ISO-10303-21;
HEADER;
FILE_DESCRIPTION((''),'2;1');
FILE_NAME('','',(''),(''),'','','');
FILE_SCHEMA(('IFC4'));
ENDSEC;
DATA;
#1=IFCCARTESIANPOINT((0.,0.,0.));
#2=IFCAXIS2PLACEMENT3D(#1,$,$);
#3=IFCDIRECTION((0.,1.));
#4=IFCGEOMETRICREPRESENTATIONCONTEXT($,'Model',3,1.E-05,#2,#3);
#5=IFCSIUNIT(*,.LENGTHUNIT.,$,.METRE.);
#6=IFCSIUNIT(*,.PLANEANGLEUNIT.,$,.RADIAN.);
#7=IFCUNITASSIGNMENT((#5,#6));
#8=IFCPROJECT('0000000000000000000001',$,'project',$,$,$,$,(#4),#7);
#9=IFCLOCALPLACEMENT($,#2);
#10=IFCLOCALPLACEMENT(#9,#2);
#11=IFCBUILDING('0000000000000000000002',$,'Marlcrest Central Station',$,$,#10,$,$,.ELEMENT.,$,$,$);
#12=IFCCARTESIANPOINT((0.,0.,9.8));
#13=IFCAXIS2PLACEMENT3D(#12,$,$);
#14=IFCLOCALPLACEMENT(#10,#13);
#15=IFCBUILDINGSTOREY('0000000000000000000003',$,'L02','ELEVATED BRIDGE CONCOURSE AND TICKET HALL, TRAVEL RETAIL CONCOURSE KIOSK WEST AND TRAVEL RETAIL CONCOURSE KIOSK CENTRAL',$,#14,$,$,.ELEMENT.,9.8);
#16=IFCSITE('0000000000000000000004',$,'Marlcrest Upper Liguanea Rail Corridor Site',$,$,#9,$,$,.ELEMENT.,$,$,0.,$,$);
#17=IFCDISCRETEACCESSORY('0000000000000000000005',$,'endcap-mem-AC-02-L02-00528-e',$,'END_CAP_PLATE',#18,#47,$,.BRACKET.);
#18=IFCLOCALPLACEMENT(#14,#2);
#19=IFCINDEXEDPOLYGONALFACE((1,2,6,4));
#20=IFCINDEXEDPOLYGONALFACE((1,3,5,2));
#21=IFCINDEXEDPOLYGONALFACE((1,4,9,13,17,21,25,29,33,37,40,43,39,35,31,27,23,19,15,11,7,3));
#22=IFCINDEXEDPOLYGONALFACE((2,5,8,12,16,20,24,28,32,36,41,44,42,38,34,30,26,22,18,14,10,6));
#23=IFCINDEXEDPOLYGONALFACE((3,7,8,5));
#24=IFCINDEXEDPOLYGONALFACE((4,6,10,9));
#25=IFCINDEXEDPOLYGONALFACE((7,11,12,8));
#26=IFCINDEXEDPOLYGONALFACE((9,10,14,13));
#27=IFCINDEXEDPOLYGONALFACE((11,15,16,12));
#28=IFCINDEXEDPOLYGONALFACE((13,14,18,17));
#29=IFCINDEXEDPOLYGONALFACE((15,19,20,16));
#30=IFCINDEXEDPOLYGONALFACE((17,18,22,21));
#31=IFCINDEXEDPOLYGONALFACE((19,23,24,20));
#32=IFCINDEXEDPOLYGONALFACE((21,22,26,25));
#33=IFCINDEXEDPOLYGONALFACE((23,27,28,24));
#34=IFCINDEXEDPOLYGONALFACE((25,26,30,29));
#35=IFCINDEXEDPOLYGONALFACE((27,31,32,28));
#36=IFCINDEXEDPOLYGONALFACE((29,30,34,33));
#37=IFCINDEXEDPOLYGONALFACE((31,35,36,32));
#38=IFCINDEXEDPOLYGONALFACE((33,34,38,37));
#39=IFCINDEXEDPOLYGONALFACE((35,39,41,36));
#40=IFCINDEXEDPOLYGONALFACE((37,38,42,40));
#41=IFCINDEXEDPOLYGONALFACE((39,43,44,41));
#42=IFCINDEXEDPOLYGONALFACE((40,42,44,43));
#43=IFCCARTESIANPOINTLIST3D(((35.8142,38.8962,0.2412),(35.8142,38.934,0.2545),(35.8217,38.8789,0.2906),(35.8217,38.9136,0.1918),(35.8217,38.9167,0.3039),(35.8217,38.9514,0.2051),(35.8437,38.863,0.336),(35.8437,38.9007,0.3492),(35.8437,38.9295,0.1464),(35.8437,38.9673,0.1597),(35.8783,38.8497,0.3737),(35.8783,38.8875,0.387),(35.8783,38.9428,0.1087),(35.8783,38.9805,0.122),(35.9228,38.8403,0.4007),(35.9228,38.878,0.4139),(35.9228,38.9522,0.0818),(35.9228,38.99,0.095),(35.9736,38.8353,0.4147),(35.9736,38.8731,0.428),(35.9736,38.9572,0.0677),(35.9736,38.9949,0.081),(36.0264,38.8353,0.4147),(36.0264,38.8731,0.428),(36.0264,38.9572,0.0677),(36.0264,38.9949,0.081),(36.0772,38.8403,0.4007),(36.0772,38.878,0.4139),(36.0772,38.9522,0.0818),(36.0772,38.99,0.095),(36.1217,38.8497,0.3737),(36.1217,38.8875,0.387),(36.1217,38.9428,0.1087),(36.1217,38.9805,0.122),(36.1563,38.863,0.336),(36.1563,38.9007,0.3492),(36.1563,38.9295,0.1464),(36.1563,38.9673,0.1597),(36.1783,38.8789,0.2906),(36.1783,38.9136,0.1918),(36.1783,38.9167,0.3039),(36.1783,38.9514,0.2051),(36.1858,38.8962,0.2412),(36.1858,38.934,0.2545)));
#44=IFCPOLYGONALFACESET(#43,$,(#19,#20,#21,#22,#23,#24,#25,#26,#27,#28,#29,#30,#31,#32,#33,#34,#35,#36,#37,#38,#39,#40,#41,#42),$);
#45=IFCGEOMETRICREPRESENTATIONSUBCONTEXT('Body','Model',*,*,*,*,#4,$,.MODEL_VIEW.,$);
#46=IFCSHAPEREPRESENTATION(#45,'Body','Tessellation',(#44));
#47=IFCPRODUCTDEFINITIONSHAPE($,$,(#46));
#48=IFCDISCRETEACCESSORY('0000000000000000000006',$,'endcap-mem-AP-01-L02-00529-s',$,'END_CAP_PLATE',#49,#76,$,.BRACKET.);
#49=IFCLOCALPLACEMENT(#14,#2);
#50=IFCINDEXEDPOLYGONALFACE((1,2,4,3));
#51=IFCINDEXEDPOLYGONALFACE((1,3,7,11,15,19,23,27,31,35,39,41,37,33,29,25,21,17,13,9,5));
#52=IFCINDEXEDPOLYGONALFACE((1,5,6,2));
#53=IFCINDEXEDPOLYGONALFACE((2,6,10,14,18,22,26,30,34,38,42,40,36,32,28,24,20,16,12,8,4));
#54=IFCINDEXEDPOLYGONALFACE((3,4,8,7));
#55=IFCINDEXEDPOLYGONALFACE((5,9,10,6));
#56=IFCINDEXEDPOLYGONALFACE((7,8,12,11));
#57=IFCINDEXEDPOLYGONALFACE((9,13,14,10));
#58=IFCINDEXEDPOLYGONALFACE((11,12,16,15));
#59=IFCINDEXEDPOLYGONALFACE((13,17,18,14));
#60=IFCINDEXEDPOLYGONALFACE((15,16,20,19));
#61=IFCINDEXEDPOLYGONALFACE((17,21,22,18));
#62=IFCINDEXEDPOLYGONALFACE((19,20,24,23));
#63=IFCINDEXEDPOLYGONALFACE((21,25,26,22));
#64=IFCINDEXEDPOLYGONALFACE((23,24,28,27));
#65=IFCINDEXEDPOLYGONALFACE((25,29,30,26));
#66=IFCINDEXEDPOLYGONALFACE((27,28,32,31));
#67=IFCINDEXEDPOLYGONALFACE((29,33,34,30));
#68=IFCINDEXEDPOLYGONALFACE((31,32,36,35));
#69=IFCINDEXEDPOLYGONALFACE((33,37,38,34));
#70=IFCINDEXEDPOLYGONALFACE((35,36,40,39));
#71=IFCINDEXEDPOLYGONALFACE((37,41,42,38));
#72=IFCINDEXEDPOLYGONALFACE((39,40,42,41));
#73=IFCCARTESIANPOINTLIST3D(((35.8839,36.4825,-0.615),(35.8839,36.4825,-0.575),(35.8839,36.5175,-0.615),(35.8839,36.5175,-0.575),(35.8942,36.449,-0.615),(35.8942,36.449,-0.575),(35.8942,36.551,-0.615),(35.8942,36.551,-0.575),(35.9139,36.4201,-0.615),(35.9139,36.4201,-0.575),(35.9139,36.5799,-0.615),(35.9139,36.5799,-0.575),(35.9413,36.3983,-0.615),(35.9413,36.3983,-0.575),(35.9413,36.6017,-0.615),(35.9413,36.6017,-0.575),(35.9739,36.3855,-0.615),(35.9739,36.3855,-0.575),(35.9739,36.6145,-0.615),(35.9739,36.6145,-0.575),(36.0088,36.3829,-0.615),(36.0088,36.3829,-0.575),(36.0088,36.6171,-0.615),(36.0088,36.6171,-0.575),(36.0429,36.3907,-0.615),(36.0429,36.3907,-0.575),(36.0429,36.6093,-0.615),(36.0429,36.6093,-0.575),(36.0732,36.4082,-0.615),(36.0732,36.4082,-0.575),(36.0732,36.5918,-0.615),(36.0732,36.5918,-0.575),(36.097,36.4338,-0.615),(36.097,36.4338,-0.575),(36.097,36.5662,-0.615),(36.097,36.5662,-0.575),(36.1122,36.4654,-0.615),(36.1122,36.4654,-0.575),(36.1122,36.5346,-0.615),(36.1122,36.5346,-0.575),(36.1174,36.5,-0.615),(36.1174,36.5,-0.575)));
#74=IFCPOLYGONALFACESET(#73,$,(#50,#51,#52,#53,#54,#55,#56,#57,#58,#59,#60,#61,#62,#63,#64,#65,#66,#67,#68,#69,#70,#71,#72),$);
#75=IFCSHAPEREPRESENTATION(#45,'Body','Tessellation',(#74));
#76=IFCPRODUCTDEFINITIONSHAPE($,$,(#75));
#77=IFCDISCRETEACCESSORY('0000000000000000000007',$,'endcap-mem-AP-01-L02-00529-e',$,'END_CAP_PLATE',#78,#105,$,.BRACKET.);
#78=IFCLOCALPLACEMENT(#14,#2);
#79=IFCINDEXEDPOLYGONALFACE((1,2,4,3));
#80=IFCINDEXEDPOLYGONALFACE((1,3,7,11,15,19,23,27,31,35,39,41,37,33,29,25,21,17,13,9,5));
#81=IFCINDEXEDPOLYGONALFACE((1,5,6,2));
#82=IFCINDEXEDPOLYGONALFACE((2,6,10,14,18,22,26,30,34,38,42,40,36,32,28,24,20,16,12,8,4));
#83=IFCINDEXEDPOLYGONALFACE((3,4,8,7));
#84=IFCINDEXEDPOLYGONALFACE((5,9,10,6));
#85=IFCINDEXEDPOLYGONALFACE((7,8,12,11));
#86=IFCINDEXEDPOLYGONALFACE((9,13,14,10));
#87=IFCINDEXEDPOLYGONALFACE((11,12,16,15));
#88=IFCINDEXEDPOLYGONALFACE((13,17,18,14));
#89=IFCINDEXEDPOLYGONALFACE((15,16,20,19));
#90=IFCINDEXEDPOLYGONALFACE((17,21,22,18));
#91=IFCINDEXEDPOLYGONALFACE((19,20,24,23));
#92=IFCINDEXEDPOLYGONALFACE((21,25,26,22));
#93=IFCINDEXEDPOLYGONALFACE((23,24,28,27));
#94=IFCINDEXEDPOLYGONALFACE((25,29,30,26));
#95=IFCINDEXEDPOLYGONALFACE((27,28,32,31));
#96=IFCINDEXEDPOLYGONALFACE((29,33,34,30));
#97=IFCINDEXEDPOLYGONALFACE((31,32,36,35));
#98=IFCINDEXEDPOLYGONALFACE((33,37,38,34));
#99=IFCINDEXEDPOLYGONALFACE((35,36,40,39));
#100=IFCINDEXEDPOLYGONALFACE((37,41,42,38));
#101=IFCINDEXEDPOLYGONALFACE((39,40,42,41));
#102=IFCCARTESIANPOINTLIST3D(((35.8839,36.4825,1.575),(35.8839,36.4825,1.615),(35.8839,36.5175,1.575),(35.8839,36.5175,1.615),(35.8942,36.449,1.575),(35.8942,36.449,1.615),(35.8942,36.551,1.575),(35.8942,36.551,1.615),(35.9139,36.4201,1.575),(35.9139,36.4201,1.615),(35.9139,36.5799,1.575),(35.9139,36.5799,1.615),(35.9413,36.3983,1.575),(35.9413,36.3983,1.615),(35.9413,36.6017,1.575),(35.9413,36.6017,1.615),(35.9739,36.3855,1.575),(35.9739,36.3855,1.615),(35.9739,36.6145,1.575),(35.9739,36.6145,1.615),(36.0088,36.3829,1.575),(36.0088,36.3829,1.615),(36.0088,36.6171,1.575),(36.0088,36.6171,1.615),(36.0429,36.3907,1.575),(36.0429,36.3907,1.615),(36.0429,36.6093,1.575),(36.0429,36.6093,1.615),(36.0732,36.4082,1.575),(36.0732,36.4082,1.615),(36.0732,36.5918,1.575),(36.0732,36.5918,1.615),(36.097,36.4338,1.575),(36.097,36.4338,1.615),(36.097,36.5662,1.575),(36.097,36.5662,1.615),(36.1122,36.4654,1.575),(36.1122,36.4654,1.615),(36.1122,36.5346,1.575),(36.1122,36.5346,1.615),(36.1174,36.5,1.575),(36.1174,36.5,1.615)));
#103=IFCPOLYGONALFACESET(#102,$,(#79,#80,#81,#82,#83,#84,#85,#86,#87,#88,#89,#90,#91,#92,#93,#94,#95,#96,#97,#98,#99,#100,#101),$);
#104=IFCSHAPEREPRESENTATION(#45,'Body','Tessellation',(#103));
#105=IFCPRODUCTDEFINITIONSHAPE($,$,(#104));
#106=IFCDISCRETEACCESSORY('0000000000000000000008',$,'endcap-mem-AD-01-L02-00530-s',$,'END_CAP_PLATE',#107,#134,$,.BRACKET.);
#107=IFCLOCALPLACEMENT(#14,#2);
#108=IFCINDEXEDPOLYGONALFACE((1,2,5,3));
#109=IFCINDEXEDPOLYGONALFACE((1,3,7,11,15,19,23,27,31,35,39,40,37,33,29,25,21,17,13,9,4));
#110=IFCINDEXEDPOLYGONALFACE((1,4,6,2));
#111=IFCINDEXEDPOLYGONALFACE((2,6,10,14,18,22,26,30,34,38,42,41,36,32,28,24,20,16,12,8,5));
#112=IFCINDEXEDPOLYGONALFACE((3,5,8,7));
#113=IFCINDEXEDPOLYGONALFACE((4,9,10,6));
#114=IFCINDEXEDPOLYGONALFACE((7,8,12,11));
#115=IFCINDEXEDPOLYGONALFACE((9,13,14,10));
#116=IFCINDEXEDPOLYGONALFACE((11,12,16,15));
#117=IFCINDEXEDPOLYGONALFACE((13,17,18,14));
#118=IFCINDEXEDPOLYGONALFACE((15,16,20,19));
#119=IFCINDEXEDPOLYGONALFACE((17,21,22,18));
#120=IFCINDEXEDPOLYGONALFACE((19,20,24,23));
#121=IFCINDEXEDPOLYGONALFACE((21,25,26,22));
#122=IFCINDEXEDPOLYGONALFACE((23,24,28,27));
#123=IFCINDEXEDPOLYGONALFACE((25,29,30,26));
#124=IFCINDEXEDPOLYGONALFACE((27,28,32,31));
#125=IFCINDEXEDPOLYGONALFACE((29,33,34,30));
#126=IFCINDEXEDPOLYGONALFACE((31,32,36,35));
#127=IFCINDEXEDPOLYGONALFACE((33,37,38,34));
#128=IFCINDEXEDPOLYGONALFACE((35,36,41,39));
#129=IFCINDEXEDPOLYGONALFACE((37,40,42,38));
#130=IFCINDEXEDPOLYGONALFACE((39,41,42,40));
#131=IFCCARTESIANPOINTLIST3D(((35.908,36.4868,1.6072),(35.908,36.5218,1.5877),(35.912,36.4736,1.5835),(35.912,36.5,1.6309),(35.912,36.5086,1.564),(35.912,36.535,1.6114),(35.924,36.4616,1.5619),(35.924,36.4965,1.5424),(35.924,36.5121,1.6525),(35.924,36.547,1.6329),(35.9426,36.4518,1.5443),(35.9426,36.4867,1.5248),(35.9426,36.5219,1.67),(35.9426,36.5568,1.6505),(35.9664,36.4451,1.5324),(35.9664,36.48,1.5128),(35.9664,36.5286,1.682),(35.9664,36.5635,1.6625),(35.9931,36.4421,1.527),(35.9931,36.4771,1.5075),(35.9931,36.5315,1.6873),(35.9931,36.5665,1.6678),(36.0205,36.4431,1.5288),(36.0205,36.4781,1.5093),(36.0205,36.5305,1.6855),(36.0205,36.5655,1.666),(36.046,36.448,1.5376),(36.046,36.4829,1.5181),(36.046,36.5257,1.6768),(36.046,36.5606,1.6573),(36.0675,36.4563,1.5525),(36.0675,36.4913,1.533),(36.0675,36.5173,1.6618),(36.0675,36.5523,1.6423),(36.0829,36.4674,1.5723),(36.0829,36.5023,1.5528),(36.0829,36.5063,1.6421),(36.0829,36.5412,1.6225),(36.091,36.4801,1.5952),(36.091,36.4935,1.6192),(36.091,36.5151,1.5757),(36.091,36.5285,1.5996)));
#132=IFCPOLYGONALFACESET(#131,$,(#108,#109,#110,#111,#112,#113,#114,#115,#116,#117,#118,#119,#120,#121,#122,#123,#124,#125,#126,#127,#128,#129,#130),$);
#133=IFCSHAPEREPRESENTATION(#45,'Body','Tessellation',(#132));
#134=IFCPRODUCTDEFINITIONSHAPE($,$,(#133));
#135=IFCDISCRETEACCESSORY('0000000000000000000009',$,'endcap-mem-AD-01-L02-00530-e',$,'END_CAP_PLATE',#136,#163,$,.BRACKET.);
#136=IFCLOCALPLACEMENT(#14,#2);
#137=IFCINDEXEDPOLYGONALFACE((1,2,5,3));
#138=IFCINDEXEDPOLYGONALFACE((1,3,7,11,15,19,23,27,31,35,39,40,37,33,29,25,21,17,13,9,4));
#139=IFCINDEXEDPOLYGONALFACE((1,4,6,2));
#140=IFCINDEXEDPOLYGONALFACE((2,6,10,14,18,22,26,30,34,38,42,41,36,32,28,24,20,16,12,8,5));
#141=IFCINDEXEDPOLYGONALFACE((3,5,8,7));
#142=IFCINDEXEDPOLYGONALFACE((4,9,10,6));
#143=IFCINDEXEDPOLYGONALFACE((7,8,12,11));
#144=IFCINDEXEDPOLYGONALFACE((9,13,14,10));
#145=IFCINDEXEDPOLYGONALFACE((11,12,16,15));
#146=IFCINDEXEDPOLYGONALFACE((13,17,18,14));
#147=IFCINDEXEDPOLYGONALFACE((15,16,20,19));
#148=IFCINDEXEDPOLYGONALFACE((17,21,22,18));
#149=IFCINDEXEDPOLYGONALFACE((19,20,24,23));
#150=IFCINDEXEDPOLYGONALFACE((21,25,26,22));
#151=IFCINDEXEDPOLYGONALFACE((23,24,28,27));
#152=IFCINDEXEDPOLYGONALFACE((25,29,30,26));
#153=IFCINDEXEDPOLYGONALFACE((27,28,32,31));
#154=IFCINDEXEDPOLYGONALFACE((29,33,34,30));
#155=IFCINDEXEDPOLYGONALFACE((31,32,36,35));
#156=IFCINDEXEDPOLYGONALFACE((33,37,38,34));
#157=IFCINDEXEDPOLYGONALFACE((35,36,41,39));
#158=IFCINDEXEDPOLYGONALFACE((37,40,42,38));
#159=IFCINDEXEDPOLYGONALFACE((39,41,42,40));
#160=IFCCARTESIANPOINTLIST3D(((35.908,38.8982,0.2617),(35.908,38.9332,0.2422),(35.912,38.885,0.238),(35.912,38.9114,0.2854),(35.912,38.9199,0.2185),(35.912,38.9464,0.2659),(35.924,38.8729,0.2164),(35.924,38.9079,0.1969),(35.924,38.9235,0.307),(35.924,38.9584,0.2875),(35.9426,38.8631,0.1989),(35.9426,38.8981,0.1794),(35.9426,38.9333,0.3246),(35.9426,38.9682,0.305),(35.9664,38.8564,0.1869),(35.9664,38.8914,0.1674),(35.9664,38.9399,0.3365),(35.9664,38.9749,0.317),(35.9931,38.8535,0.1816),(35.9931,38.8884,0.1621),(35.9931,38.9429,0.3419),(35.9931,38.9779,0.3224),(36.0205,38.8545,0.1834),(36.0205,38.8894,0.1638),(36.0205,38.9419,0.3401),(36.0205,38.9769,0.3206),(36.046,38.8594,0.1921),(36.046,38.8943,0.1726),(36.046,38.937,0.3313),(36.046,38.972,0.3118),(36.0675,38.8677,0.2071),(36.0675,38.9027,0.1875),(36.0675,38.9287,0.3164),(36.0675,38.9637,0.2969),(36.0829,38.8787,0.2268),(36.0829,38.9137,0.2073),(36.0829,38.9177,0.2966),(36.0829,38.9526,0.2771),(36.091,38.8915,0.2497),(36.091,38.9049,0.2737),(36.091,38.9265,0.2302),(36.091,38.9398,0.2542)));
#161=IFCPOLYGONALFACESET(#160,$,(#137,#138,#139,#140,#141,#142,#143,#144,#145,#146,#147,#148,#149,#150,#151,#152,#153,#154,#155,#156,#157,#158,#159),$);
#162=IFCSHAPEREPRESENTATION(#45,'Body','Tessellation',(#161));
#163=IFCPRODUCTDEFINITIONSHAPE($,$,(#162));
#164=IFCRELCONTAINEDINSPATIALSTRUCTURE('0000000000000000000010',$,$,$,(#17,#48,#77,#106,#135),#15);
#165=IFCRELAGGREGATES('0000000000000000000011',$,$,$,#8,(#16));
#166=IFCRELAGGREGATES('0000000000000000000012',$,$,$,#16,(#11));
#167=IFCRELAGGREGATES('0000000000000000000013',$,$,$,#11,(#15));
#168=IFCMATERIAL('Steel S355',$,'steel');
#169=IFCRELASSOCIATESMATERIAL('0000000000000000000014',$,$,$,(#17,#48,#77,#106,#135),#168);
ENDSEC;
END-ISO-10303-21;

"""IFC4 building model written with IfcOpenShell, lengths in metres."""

from ifc_helpers import new_model, si_unit, direction, frame, origin, origin_2d, place, context, subcontext, project, spatial, circle, extrude, material, element, save


model = new_model("IFC4")

# Units and contexts
model_context = context("Model", 3, precision=1e-05, world=origin(), true_north=direction((0.0, 1.0)))
body_context = subcontext(model_context, "Body", "Model", "MODEL_VIEW")
ifc_project = project(units=[si_unit("LENGTHUNIT", "METRE"), si_unit("PLANEANGLEUNIT", "RADIAN")], contexts=[model_context])

# Site, building, storey
site_placement = place(None, origin())
site = spatial("IfcSite", under=ifc_project, at=site_placement, Name="Marlcrest Upper Liguanea Rail Corridor Site", CompositionType="ELEMENT", RefElevation=0.0)
building_placement = place(site_placement, origin())
building = spatial("IfcBuilding", under=site, at=building_placement, Name="Marlcrest Central Station", CompositionType="ELEMENT")
storey_placement = place(building_placement, frame((0.0, 0.0, 9.8)))
storey = spatial("IfcBuildingStorey", under=building, at=storey_placement, Name="L02", Description="ELEVATED BRIDGE CONCOURSE AND TICKET HALL, TRAVEL RETAIL CONCOURSE KIOSK WEST AND TRAVEL RETAIL CONCOURSE KIOSK CENTRAL", CompositionType="ELEMENT", Elevation=9.8)

# Shared definitions
ifc_material_1 = material(Name="Steel S355", Category="steel")

# Discrete accessories
for number, where, z_axis, x_axis, name in (
    (1, (36.0, 38.8962, 0.2412), (0.0, 0.943537, 0.331266), (-1.0, 0.0, 0.0), "endcap-mem-AC-02-L02-00528-e"),
):
    element("IfcDiscreteAccessory", number, at=place(storey_placement, frame(where, z_axis=z_axis, x_axis=x_axis)), inside=storey, material=ifc_material_1, Name=name, ObjectType="END_CAP_PLATE", PredefinedType="BRACKET", context=body_context, shape_type="SweptSolid", body=[
        extrude(circle(Radius=0.1858, at=origin_2d()), origin(), (0.0, 0.0, 1.0), 0.04),
    ])
for number, where, z_axis, x_axis, name in (
    (2, (36.0, 36.5, -0.615), (0.0, 0.0, 1.0), (1.0, 0.0, 0.0), "endcap-mem-AP-01-L02-00529-s"),
    (3, (36.0, 36.5, 1.575), (0.0, 0.0, 1.0), (1.0, 0.0, 0.0), "endcap-mem-AP-01-L02-00529-e"),
):
    element("IfcDiscreteAccessory", number, at=place(storey_placement, frame(where, z_axis=z_axis, x_axis=x_axis)), inside=storey, material=ifc_material_1, Name=name, ObjectType="END_CAP_PLATE", PredefinedType="BRACKET", context=body_context, shape_type="SweptSolid", body=[
        extrude(circle(Radius=0.1174, at=origin_2d()), origin(), (0.0, 0.0, 1.0), 0.04),
    ])
for number, where, z_axis, x_axis, name in (
    (4, (36.0, 36.4868, 1.6072), (0.0, 0.873246, -0.48728), (-1.0, 0.0, 0.0), "endcap-mem-AD-01-L02-00530-s"),
    (5, (36.0, 38.8982, 0.2617), (0.0, 0.873246, -0.48728), (-1.0, 0.0, 0.0), "endcap-mem-AD-01-L02-00530-e"),
):
    element("IfcDiscreteAccessory", number, at=place(storey_placement, frame(where, z_axis=z_axis, x_axis=x_axis)), inside=storey, material=ifc_material_1, Name=name, ObjectType="END_CAP_PLATE", PredefinedType="BRACKET", context=body_context, shape_type="SweptSolid", body=[
        extrude(circle(Radius=0.092, at=origin_2d()), origin(), (0.0, 0.0, 1.0), 0.04),
    ])

save(model, "model.ifc")
